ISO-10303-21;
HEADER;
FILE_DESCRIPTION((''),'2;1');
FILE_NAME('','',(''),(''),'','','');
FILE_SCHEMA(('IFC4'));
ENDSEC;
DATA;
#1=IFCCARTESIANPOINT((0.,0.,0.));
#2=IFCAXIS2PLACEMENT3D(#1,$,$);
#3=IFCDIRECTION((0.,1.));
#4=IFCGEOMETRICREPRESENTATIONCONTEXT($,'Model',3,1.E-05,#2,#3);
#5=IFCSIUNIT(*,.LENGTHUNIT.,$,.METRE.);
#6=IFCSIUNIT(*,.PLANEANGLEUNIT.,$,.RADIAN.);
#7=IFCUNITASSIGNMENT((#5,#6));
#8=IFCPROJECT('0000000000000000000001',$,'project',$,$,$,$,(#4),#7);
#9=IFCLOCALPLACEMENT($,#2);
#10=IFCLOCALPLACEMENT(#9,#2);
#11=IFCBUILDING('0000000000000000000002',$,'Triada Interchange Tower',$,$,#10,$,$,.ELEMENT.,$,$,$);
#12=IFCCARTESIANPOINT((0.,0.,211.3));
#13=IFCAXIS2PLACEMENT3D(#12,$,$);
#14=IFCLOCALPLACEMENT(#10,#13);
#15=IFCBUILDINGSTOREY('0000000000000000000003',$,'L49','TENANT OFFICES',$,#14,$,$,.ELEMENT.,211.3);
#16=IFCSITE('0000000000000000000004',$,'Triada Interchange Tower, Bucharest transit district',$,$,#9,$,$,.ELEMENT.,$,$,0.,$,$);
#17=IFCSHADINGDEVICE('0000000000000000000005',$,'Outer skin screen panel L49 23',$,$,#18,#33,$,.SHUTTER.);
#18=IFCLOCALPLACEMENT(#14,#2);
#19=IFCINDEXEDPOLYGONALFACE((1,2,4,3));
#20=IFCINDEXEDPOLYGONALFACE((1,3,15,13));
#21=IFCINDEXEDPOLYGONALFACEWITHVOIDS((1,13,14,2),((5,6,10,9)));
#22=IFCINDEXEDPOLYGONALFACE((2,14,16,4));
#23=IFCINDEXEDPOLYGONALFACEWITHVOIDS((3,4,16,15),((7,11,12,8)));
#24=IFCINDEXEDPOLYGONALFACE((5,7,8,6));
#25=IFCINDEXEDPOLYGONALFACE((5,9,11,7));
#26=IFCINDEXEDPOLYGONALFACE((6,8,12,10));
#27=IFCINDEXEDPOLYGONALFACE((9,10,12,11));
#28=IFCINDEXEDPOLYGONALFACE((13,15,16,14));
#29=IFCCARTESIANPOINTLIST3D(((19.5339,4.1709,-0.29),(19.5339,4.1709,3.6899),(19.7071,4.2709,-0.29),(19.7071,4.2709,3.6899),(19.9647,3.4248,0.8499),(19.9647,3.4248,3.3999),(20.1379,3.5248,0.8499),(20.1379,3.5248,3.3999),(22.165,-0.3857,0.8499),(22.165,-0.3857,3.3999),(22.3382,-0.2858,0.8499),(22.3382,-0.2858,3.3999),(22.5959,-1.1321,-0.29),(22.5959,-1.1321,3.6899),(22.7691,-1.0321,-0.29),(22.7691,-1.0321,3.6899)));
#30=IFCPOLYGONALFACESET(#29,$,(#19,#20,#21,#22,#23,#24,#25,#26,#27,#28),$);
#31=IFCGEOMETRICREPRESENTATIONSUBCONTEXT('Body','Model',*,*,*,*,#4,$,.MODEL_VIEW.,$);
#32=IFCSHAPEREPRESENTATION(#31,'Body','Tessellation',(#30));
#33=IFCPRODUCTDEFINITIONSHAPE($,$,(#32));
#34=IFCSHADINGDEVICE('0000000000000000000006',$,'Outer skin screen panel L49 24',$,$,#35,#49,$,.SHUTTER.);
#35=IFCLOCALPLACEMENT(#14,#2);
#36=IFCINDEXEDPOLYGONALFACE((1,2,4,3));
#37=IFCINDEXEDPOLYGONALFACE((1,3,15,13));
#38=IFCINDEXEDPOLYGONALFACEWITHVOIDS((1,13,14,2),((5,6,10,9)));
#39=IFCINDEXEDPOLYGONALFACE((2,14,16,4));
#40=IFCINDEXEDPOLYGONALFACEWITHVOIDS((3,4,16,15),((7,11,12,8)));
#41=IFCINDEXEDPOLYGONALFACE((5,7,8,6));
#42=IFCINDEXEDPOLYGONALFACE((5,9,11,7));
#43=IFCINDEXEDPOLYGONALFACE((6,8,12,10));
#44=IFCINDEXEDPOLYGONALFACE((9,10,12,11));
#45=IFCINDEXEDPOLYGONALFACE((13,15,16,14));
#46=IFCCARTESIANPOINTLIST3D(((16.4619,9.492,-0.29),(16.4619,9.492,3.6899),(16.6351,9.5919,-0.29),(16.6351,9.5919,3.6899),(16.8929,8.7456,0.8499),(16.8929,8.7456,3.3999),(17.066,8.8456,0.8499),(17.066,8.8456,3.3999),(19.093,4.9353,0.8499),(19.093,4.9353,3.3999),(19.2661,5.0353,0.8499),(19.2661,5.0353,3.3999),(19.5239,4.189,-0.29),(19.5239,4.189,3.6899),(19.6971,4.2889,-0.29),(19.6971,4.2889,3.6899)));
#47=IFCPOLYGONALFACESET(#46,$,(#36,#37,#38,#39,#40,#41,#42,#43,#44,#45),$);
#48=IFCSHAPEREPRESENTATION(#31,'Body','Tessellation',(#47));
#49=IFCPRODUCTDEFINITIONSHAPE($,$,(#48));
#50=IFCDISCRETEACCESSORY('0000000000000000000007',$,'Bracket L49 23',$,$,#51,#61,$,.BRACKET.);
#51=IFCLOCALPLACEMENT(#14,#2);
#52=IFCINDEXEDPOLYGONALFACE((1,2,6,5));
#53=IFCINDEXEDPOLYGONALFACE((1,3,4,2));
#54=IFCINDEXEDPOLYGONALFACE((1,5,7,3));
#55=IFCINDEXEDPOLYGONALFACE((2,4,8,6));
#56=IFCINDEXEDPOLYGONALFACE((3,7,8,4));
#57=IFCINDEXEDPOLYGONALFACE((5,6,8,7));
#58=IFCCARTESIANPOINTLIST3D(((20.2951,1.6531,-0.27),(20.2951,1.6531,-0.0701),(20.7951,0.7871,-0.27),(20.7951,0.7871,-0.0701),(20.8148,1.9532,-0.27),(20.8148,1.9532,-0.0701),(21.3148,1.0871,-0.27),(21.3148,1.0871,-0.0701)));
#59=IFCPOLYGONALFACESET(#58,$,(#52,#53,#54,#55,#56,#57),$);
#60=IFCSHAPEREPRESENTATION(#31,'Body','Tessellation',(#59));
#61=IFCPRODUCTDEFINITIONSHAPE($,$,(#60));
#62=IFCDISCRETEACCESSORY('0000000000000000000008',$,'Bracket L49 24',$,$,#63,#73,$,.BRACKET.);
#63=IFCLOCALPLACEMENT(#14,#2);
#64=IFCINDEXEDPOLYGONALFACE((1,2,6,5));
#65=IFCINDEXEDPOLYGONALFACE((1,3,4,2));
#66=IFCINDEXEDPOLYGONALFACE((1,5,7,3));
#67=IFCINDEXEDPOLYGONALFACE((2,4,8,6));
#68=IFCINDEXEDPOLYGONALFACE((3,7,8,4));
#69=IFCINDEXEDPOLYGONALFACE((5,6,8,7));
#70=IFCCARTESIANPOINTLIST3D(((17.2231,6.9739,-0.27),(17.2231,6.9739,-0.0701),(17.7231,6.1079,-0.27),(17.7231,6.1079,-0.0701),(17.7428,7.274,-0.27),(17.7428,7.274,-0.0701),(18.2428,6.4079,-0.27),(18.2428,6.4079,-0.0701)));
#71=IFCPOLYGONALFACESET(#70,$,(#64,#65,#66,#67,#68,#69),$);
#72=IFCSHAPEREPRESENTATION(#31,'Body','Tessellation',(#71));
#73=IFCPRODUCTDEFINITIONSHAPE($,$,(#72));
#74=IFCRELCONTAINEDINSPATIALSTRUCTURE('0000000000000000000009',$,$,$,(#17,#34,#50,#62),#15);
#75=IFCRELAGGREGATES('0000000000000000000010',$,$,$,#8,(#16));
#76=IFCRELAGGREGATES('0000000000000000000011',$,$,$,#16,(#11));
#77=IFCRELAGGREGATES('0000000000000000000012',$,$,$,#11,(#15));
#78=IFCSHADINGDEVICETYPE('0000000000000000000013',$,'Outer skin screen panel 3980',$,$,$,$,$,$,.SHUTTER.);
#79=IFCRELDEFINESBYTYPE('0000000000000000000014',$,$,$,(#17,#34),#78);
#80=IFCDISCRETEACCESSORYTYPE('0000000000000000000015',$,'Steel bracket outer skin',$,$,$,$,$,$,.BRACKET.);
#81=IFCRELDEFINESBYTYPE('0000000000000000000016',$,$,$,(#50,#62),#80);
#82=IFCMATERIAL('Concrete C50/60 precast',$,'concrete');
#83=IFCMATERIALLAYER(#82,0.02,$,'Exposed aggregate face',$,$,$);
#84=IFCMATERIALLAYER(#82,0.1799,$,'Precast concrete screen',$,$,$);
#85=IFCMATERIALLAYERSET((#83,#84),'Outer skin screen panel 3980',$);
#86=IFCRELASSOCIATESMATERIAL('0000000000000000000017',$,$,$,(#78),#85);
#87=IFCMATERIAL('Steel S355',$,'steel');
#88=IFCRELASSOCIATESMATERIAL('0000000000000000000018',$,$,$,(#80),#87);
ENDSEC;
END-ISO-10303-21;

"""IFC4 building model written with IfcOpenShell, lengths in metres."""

from ifc_helpers import new_model, si_unit, direction, frame, origin, origin_2d, place, context, subcontext, project, spatial, polyline, rectangle, outline, extrude, material, layer, layer_set, type_object, element, save


model = new_model("IFC4")

# Units and contexts
model_context = context("Model", 3, precision=1e-05, world=origin(), true_north=direction((0.0, 1.0)))
body_context = subcontext(model_context, "Body", "Model", "MODEL_VIEW")
ifc_project = project(units=[si_unit("LENGTHUNIT", "METRE"), si_unit("PLANEANGLEUNIT", "RADIAN")], contexts=[model_context])

# Site, building, storey
site_placement = place(None, origin())
site = spatial("IfcSite", under=ifc_project, at=site_placement, Name="Triada Interchange Tower, Bucharest transit district", CompositionType="ELEMENT", RefElevation=0.0)
building_placement = place(site_placement, origin())
building = spatial("IfcBuilding", under=site, at=building_placement, Name="Triada Interchange Tower", CompositionType="ELEMENT")
storey_placement = place(building_placement, frame((0.0, 0.0, 211.3)))
storey = spatial("IfcBuildingStorey", under=building, at=storey_placement, Name="L49", Description="TENANT OFFICES", CompositionType="ELEMENT", Elevation=211.3)

# Shading devices
ifc_material_1 = material(Name="Concrete C50/60 precast", Category="concrete")
ifc_layer_1 = layer(ifc_material_1, 0.02, Name="Exposed aggregate face")
ifc_layer_2 = layer(ifc_material_1, 0.1799, Name="Precast concrete screen")
ifc_layer_set_1 = layer_set([ifc_layer_1, ifc_layer_2], Name="Outer skin screen panel 3980")
shading_device_type = type_object("IfcShadingDeviceType", Name="Outer skin screen panel 3980", PredefinedType="SHUTTER", material=ifc_layer_set_1)
shading_device_1_placement = place(storey_placement, frame((22.5959, -1.1321, -0.29), z_axis=(0.0, 0.0, 1.0), x_axis=(-0.500041, 0.866002, 0.0)))
element("IfcShadingDevice", 1, at=shading_device_1_placement, inside=storey, type_object=shading_device_type, Name="Outer skin screen panel L49 23", PredefinedType="SHUTTER", context=body_context, shape_type="SweptSolid", body=[
    extrude(outline(polyline([(0.0, 0.0), (6.1235, 0.0), (6.1235, 3.98), (0.0, 3.98), (0.0, 0.0)]), holes=[polyline([(0.8618, 1.1399), (0.8618, 3.6899), (5.262, 3.6899), (5.262, 1.1399), (0.8618, 1.1399)])]), frame((0.0, 0.0, 0.0), z_axis=(0.0, -1.0, 0.0), x_axis=(1.0, 0.0, 0.0)), (0.0, 0.0, 1.0), 0.2),
])
shading_device_2_placement = place(storey_placement, frame((19.5239, 4.189, -0.29), z_axis=(0.0, 0.0, 1.0), x_axis=(-0.500041, 0.866002, 0.0)))
element("IfcShadingDevice", 2, at=shading_device_2_placement, inside=storey, type_object=shading_device_type, Name="Outer skin screen panel L49 24", PredefinedType="SHUTTER", context=body_context, shape_type="SweptSolid", body=[
    extrude(outline(polyline([(0.0, 0.0), (6.1235, 0.0), (6.1235, 3.98), (0.0, 3.98), (0.0, 0.0)]), holes=[polyline([(0.8618, 1.1399), (0.8618, 3.6899), (5.2617, 3.6899), (5.2617, 1.1399), (0.8618, 1.1399)])]), frame((0.0, 0.0, 0.0), z_axis=(0.0, -1.0, 0.0), x_axis=(1.0, 0.0, 0.0)), (0.0, 0.0, 1.0), 0.2),
])

# Discrete accessories
ifc_material_2 = material(Name="Steel S355", Category="steel")
discrete_accessory_type = type_object("IfcDiscreteAccessoryType", Name="Steel bracket outer skin", PredefinedType="BRACKET", material=ifc_material_2)
for number, where, z_axis, x_axis, name in (
    (3, (20.8049, 1.3701, -0.27), (0.0, 0.0, 1.0), (0.866021, 0.500007, 0.0), "Bracket L49 23"),
    (4, (17.7329, 6.6909, -0.27), (0.0, 0.0, 1.0), (0.866021, 0.500007, 0.0), "Bracket L49 24"),
):
    element("IfcDiscreteAccessory", number, at=place(storey_placement, frame(where, z_axis=z_axis, x_axis=x_axis)), inside=storey, type_object=discrete_accessory_type, Name=name, PredefinedType="BRACKET", context=body_context, shape_type="SweptSolid", body=[
        extrude(rectangle(XDim=0.6001, YDim=1.0, at=origin_2d()), origin(), (0.0, 0.0, 1.0), 0.2),
    ])

save(model, "model.ifc")
